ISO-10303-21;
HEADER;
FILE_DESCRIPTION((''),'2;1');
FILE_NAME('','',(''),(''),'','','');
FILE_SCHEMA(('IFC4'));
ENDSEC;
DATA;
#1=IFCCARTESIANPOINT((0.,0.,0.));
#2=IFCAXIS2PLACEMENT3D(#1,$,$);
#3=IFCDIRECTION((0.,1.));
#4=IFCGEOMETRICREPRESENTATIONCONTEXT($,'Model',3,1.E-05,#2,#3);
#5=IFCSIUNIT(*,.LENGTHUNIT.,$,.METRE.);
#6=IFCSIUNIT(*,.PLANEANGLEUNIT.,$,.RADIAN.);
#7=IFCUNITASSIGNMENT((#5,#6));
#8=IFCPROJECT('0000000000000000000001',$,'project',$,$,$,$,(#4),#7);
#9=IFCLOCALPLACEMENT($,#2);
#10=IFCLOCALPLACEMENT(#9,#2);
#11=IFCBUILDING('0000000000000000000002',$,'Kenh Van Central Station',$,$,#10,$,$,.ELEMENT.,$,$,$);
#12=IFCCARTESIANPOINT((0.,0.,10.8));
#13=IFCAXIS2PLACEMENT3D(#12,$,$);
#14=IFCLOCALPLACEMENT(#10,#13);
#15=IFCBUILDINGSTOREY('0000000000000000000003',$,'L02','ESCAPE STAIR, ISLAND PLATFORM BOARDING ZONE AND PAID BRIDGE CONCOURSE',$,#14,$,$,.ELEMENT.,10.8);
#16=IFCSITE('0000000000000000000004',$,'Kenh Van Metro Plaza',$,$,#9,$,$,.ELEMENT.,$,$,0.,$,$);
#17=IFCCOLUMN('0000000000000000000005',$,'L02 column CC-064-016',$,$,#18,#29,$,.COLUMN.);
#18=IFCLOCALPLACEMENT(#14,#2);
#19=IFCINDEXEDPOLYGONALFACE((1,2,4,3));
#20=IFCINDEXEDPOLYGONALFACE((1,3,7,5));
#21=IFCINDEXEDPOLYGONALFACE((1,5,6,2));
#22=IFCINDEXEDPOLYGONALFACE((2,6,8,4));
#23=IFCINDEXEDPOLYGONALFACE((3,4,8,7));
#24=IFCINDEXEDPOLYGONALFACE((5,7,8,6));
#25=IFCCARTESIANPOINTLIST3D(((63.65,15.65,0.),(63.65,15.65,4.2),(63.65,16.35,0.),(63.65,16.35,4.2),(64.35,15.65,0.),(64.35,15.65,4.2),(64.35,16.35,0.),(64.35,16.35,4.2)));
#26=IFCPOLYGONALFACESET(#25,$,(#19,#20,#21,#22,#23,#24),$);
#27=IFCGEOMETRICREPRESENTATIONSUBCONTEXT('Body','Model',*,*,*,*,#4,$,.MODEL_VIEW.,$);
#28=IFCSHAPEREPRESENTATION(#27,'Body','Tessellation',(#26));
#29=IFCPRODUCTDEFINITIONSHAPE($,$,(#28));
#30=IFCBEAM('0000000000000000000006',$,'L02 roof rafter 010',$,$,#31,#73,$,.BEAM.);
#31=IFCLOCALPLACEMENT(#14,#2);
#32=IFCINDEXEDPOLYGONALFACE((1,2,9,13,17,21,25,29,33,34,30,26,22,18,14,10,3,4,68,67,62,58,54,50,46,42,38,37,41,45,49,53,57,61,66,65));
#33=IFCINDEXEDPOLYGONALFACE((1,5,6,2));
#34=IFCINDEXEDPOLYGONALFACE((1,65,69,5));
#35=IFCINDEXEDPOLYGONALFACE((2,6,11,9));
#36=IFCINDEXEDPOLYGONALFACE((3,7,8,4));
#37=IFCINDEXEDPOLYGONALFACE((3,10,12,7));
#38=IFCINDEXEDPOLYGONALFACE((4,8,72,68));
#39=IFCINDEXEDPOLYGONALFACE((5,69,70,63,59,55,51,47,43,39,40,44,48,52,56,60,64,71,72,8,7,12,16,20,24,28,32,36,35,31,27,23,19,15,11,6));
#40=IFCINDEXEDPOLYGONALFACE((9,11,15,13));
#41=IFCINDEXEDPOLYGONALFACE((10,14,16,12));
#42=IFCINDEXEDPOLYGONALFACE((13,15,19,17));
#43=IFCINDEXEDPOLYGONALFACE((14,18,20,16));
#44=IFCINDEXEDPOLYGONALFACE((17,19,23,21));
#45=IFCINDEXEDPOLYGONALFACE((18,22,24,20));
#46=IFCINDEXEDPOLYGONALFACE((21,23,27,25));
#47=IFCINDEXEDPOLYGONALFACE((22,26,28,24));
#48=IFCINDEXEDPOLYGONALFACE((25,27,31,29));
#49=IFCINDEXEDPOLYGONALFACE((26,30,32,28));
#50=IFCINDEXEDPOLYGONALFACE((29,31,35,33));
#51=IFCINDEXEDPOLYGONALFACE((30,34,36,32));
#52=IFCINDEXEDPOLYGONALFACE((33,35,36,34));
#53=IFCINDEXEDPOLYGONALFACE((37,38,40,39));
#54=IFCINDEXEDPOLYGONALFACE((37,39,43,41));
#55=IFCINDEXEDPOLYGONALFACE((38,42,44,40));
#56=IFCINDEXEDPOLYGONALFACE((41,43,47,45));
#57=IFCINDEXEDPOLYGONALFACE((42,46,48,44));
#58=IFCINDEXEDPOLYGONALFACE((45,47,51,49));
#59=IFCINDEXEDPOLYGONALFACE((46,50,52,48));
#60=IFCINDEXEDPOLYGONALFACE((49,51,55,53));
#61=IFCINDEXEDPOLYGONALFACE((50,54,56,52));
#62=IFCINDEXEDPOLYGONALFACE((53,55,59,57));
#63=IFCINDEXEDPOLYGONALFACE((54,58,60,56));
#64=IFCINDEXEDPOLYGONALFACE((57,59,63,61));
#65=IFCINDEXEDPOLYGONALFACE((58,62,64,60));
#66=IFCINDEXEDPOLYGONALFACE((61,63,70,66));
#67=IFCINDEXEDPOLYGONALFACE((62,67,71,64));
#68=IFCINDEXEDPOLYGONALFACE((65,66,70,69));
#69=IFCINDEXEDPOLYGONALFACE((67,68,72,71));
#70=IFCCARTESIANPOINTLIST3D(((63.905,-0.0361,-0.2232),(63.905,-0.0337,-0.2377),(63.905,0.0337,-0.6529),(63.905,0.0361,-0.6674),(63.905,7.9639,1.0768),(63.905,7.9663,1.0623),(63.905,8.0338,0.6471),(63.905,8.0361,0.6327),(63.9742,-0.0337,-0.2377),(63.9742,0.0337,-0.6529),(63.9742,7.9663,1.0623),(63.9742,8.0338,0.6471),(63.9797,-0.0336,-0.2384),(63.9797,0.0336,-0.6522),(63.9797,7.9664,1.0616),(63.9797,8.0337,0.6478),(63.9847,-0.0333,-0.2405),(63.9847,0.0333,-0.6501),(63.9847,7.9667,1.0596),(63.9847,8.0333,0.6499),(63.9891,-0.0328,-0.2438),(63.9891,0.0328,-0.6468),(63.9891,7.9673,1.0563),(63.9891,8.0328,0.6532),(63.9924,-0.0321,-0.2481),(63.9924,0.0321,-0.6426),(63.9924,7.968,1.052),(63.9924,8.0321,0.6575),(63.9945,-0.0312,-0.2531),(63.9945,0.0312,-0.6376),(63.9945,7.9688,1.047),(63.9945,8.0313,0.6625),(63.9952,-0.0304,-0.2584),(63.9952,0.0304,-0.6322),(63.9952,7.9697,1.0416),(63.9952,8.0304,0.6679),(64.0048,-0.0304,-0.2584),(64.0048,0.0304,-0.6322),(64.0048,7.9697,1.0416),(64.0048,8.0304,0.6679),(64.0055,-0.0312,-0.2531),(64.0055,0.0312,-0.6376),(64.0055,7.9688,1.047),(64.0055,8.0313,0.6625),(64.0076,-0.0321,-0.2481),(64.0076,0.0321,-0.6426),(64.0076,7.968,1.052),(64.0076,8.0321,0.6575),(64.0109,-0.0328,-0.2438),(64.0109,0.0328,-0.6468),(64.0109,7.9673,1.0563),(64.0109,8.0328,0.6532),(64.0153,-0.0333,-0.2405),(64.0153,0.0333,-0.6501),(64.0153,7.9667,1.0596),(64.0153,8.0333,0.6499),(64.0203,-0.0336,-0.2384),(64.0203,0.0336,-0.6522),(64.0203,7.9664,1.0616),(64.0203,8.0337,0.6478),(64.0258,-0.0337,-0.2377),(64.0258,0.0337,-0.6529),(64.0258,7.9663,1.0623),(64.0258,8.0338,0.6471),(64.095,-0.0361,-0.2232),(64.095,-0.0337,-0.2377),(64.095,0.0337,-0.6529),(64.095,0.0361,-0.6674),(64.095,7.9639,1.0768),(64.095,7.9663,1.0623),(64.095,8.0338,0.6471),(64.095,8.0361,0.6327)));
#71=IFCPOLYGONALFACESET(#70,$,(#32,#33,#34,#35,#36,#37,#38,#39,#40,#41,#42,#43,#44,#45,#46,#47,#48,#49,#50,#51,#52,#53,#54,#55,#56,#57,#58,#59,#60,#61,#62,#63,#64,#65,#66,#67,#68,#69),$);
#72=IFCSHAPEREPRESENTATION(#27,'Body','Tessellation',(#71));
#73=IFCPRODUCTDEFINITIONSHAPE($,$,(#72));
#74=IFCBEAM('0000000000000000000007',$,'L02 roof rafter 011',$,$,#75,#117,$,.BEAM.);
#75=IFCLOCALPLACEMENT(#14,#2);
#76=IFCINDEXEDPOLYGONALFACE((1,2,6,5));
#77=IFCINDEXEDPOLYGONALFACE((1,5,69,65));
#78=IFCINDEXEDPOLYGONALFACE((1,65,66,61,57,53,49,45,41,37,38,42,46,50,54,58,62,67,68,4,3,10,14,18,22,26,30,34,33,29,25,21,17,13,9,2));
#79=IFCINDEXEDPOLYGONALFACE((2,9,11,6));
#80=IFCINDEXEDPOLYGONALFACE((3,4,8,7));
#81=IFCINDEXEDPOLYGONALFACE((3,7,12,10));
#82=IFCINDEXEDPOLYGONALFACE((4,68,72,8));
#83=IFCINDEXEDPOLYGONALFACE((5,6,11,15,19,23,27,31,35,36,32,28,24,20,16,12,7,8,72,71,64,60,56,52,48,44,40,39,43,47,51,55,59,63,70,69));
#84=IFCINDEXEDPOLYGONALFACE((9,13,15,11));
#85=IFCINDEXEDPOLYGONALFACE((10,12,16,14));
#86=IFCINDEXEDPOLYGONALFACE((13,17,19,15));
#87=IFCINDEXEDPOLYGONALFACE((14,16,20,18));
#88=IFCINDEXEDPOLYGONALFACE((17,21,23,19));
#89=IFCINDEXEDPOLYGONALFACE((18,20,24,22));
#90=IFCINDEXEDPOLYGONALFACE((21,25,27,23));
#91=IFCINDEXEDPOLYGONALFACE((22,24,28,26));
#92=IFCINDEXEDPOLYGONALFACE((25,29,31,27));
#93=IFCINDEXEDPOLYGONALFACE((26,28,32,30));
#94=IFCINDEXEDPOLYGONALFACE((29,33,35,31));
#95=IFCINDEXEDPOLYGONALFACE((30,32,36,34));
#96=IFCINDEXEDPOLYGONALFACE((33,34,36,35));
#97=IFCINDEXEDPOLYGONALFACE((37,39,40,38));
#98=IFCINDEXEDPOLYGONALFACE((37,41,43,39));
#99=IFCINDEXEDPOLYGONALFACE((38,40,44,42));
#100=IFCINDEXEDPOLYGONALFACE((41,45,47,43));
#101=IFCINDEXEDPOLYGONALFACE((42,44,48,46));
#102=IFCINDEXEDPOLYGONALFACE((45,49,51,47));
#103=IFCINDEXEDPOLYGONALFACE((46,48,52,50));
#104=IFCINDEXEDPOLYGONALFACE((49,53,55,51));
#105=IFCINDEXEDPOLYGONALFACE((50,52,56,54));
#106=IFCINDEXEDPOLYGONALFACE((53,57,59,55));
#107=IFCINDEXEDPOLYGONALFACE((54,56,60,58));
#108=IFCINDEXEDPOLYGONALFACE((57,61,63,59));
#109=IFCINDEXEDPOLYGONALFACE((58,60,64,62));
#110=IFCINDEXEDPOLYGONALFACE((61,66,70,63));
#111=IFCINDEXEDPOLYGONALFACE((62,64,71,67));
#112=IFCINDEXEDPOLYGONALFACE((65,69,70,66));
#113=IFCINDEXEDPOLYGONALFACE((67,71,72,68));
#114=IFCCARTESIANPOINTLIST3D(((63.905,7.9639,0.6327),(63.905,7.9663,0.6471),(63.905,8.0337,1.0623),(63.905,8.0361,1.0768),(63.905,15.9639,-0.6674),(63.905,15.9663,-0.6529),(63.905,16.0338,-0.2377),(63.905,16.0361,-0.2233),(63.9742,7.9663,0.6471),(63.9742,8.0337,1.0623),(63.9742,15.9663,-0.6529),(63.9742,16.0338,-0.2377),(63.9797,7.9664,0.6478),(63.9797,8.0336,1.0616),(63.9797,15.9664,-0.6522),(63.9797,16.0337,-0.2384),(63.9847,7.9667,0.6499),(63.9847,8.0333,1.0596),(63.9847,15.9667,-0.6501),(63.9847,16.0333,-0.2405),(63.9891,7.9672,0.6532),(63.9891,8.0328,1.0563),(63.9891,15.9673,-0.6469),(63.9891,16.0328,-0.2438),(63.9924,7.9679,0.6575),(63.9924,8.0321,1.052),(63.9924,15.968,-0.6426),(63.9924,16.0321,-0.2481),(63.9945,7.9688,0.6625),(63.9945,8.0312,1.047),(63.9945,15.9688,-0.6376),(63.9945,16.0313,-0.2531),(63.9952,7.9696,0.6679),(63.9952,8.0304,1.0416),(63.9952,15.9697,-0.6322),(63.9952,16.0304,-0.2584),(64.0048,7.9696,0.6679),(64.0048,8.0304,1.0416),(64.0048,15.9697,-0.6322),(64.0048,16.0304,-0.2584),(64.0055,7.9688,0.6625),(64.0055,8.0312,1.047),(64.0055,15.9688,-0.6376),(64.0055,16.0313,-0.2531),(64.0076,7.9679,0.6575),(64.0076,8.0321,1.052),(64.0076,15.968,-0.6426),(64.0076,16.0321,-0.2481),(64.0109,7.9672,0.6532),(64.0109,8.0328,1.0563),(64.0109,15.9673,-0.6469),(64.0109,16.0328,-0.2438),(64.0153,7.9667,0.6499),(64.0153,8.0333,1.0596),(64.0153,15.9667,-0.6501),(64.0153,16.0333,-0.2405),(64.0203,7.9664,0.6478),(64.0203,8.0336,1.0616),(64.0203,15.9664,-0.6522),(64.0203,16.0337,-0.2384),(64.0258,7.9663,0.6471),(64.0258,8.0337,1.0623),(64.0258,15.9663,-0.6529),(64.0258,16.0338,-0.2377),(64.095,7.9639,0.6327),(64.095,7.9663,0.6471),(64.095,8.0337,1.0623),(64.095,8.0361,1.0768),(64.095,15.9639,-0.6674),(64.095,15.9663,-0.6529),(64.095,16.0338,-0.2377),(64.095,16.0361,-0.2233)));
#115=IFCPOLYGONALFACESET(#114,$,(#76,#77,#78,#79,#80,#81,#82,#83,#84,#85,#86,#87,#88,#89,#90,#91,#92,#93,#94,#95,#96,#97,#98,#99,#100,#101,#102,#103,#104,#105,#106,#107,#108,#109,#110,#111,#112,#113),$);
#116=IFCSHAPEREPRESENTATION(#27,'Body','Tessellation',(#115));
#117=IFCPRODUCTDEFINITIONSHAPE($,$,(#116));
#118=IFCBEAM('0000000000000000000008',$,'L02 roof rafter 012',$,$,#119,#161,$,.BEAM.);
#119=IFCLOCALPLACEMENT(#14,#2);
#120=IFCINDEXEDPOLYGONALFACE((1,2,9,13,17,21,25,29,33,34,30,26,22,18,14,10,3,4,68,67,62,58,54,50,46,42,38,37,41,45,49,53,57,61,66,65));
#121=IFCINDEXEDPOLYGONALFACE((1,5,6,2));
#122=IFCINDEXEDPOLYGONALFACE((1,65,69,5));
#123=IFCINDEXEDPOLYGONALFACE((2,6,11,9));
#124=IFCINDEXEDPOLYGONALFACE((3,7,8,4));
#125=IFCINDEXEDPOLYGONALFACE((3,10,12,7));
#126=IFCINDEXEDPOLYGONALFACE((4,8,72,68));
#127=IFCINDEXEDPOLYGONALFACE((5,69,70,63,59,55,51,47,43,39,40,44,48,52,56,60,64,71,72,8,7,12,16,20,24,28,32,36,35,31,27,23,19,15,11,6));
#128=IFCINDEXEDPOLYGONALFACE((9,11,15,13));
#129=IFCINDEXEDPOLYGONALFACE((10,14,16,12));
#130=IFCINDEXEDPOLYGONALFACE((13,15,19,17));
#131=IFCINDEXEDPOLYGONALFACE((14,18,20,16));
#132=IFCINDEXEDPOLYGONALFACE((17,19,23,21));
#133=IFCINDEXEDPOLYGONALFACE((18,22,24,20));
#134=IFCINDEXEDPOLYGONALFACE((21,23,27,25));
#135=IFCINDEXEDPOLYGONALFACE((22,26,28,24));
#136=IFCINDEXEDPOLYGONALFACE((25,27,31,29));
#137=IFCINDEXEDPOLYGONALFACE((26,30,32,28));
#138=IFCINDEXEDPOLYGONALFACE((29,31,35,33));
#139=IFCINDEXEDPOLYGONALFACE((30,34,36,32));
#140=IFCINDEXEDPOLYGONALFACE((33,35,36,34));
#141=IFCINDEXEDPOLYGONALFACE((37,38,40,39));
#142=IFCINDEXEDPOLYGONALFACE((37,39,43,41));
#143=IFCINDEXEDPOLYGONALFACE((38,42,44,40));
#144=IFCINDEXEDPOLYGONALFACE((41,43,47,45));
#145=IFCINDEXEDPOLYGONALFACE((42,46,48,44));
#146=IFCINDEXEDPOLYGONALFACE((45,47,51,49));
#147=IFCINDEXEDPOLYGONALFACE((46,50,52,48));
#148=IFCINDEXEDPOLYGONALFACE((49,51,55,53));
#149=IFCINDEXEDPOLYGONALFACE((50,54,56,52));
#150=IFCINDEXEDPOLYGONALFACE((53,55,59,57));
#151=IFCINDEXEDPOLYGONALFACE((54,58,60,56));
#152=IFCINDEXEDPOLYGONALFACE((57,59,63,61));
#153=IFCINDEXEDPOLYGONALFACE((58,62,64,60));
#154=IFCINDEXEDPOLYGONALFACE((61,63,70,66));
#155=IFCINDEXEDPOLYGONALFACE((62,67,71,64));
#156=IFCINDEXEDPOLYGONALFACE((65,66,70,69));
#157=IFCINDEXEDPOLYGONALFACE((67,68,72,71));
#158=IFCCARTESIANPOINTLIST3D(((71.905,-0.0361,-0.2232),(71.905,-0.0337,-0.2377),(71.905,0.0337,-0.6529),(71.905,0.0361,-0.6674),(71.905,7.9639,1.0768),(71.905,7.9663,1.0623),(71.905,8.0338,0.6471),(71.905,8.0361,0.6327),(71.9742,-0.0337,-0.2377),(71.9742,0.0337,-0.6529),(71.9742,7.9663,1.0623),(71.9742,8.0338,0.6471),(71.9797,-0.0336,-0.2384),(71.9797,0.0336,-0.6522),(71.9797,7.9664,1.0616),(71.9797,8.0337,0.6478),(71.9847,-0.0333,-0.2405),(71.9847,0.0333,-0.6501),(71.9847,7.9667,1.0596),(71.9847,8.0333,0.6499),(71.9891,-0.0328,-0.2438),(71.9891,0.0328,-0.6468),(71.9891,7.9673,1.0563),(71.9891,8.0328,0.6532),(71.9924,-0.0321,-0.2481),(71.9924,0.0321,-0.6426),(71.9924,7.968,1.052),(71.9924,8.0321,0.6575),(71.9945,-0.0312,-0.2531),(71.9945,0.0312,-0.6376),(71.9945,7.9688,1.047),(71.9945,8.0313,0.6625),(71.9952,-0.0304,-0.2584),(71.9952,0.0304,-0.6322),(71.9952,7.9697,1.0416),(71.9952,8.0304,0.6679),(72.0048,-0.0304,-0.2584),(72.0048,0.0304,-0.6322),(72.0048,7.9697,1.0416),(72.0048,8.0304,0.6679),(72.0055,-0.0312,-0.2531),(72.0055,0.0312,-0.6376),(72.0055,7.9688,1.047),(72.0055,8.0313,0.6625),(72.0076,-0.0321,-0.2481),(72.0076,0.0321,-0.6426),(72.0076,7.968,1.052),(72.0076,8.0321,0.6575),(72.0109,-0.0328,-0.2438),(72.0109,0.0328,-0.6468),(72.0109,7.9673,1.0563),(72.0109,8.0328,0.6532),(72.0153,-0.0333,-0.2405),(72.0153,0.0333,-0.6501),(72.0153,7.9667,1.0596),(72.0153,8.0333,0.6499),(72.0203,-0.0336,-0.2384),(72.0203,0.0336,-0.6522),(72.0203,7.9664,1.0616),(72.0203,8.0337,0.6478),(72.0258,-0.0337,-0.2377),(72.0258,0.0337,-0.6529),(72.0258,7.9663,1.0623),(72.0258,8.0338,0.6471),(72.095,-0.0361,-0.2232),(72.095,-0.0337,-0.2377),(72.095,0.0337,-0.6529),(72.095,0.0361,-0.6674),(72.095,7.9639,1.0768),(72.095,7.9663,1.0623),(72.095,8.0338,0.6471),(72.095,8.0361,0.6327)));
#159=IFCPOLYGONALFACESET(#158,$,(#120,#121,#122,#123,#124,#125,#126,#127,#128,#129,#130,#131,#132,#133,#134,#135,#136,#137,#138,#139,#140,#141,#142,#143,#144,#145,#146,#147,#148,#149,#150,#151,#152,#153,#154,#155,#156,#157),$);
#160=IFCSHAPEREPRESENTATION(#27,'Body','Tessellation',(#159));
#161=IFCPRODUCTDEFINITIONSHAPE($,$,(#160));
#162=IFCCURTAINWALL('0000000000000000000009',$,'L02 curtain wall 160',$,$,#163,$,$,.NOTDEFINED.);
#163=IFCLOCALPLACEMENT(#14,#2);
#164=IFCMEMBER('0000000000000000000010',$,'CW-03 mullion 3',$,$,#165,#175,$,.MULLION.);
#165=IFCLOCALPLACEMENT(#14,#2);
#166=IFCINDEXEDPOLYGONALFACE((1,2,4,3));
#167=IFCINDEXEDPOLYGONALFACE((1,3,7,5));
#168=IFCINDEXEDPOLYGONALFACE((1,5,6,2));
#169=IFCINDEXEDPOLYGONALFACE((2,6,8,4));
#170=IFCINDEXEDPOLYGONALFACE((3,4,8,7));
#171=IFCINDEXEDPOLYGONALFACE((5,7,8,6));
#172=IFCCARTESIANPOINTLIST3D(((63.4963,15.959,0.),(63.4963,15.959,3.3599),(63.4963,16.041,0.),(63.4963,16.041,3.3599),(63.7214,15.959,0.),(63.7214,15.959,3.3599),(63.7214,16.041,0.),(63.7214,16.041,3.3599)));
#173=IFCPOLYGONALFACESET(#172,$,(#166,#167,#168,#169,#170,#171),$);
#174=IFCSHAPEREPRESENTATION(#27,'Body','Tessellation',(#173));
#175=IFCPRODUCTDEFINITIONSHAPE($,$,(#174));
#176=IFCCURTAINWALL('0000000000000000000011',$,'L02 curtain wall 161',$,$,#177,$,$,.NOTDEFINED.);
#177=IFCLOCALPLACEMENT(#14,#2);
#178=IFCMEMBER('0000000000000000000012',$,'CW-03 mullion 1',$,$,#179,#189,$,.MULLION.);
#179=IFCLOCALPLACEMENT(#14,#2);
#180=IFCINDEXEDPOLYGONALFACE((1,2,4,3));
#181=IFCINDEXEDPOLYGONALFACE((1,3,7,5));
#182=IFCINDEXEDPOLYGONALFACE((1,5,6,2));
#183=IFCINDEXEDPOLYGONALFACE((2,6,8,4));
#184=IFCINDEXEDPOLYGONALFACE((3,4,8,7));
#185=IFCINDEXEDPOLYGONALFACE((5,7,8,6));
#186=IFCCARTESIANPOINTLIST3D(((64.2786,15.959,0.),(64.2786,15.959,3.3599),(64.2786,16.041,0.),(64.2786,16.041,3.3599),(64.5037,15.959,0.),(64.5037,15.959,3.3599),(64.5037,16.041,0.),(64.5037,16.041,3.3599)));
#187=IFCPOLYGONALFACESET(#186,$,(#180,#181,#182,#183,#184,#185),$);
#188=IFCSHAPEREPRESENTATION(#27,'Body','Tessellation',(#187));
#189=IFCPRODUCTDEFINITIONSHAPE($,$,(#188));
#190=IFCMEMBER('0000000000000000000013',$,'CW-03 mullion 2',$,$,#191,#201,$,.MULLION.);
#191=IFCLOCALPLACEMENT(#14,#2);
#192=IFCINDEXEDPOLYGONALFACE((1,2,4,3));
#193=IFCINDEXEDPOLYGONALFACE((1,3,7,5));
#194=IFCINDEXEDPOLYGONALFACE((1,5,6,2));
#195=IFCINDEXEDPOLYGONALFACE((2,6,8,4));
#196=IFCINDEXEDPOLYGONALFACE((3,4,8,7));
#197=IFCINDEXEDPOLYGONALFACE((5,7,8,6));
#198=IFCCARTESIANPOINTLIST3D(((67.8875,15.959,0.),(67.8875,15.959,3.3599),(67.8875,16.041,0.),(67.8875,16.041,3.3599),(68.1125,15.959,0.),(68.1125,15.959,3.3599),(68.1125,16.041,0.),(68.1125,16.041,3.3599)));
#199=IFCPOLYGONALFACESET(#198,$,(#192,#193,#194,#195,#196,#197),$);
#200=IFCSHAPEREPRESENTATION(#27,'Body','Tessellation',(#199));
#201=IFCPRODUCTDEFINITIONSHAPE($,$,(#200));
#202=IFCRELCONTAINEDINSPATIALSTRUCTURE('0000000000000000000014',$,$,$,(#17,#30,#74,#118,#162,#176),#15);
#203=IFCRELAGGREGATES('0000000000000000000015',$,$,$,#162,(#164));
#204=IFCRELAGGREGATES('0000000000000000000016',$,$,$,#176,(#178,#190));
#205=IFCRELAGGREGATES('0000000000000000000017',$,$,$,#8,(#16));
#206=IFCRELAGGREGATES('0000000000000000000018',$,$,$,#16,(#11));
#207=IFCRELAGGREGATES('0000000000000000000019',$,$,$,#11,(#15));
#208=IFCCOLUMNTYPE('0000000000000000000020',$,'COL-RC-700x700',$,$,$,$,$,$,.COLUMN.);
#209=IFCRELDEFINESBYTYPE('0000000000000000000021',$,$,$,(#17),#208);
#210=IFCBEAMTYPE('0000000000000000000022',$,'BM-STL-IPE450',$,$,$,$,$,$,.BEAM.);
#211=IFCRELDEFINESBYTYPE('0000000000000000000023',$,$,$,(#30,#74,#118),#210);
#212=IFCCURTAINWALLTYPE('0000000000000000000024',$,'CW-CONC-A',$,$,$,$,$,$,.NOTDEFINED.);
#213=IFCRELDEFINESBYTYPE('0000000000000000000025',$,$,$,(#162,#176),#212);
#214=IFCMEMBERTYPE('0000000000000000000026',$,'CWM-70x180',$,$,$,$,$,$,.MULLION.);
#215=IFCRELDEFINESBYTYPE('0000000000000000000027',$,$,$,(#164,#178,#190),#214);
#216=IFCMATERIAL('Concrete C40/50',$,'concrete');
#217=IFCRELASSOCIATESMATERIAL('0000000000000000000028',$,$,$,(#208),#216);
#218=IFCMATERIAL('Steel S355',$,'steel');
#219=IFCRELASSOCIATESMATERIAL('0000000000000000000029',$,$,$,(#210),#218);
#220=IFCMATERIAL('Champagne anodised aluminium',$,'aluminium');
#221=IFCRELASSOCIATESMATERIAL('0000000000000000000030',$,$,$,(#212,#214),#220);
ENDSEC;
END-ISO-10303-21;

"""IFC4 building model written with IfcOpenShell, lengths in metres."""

from ifc_helpers import new_model, si_unit, direction, frame, origin, origin_2d, place, context, subcontext, project, spatial, rectangle, i_section, extrude, material, material_profile, profile_set, type_object, element, aggregate, save


model = new_model("IFC4")

# Units and contexts
model_context = context("Model", 3, precision=1e-05, world=origin(), true_north=direction((0.0, 1.0)))
body_context = subcontext(model_context, "Body", "Model", "MODEL_VIEW")
ifc_project = project(units=[si_unit("LENGTHUNIT", "METRE"), si_unit("PLANEANGLEUNIT", "RADIAN")], contexts=[model_context])

# Site, building, storey
site_placement = place(None, origin())
site = spatial("IfcSite", under=ifc_project, at=site_placement, Name="Kenh Van Metro Plaza", CompositionType="ELEMENT", RefElevation=0.0)
building_placement = place(site_placement, origin())
building = spatial("IfcBuilding", under=site, at=building_placement, Name="Kenh Van Central Station", CompositionType="ELEMENT")
storey_placement = place(building_placement, frame((0.0, 0.0, 10.8)))
storey = spatial("IfcBuildingStorey", under=building, at=storey_placement, Name="L02", Description="ESCAPE STAIR, ISLAND PLATFORM BOARDING ZONE AND PAID BRIDGE CONCOURSE", CompositionType="ELEMENT", Elevation=10.8)

# Column
ifc_material_1 = material(Name="Concrete C40/50", Category="concrete")
ifc_material_profile_1 = material_profile(ifc_material_1, rectangle(XDim=0.7, YDim=0.7, at=origin_2d()), Name="RC 700x700")
ifc_profile_set_1 = profile_set([ifc_material_profile_1], Name="Concrete C40/50")
column_type = type_object("IfcColumnType", Name="COL-RC-700x700", PredefinedType="COLUMN", material=ifc_profile_set_1)
column_placement = place(storey_placement, frame((64.0, 16.0, 0.0), z_axis=(0.0, 0.0, 1.0), x_axis=(1.0, 0.0, 0.0)))
element("IfcColumn", 1, at=column_placement, inside=storey, type_object=column_type, Name="L02 column CC-064-016", PredefinedType="COLUMN", context=body_context, shape_type="SweptSolid", body=[
    extrude(rectangle(XDim=0.7, YDim=0.7, at=origin_2d()), origin(), (0.0, 0.0, 1.0), 4.2),
])

# Beams
ifc_material_2 = material(Name="Steel S355", Category="steel")
ifc_material_profile_2 = material_profile(ifc_material_2, i_section(OverallWidth=0.1899, OverallDepth=0.45, WebThickness=0.0095, FlangeThickness=0.0146, FilletRadius=0.021, at=origin_2d()), Name="IPE 450")
ifc_profile_set_2 = profile_set([ifc_material_profile_2], Name="Steel S355")
beam_type_1 = type_object("IfcBeamType", Name="BM-STL-IPE450", PredefinedType="BEAM", material=ifc_profile_set_2)
for number, where, z_axis, x_axis, name in (
    (2, (64.0, 0.0, -0.4453), (0.0, 0.987052, 0.160402), (-1.0, 0.0, 0.0), "L02 roof rafter 010"),
    (3, (64.0, 8.0, 0.8547), (0.0, 0.987052, -0.160402), (-1.0, 0.0, 0.0), "L02 roof rafter 011"),
    (4, (72.0, 0.0, -0.4453), (0.0, 0.987052, 0.160402), (-1.0, 0.0, 0.0), "L02 roof rafter 012"),
):
    element("IfcBeam", number, at=place(storey_placement, frame(where, z_axis=z_axis, x_axis=x_axis)), inside=storey, type_object=beam_type_1, Name=name, PredefinedType="BEAM", context=body_context, shape_type="SweptSolid", body=[
        extrude(i_section(OverallWidth=0.1899, OverallDepth=0.45, WebThickness=0.0095, FlangeThickness=0.0146, FilletRadius=0.021, at=origin_2d()), origin(), (0.0, 0.0, 1.0), 8.105),
    ])

# Curtain wall, member
ifc_material_3 = material(Name="Champagne anodised aluminium", Category="aluminium")
curtain_wall_type = type_object("IfcCurtainWallType", Name="CW-CONC-A", PredefinedType="NOTDEFINED", material=ifc_material_3)
curtain_wall_1_placement = place(storey_placement, origin())
curtain_wall_1 = element("IfcCurtainWall", 5, at=curtain_wall_1_placement, inside=storey, type_object=curtain_wall_type, Name="L02 curtain wall 160", PredefinedType="NOTDEFINED")
ifc_material_profile_3 = material_profile(ifc_material_3, rectangle(XDim=0.082, YDim=0.2251, at=origin_2d()), Name="AL 82x225")
ifc_profile_set_3 = profile_set([ifc_material_profile_3], Name="Champagne anodised aluminium")
member_type_1 = type_object("IfcMemberType", Name="CWM-70x180", PredefinedType="MULLION", material=ifc_profile_set_3)
member_1_placement = place(storey_placement, frame((63.6089, 16.0, 0.0), z_axis=(0.0, 0.0, 1.0), x_axis=(0.0, 1.0, 0.0)))
member_1 = element("IfcMember", 6, at=member_1_placement, type_object=member_type_1, Name="CW-03 mullion 3", PredefinedType="MULLION", context=body_context, shape_type="SweptSolid", body=[
    extrude(rectangle(XDim=0.082, YDim=0.2251, at=origin_2d()), origin(), (0.0, 0.0, 1.0), 3.3599),
])
aggregate(curtain_wall_1, [member_1])

# Curtain wall, members
curtain_wall_2_placement = place(storey_placement, origin())
curtain_wall_2 = element("IfcCurtainWall", 7, at=curtain_wall_2_placement, inside=storey, type_object=curtain_wall_type, Name="L02 curtain wall 161", PredefinedType="NOTDEFINED")
member_2_placement = place(storey_placement, frame((64.3911, 16.0, 0.0), z_axis=(0.0, 0.0, 1.0), x_axis=(0.0, 1.0, 0.0)))
member_2 = element("IfcMember", 8, at=member_2_placement, type_object=member_type_1, Name="CW-03 mullion 1", PredefinedType="MULLION", context=body_context, shape_type="SweptSolid", body=[
    extrude(rectangle(XDim=0.082, YDim=0.2251, at=origin_2d()), origin(), (0.0, 0.0, 1.0), 3.3599),
])
member_3_placement = place(storey_placement, frame((68.0, 16.0, 0.0), z_axis=(0.0, 0.0, 1.0), x_axis=(0.0, 1.0, 0.0)))
member_3 = element("IfcMember", 9, at=member_3_placement, type_object=member_type_1, Name="CW-03 mullion 2", PredefinedType="MULLION", context=body_context, shape_type="SweptSolid", body=[
    extrude(rectangle(XDim=0.082, YDim=0.2251, at=origin_2d()), origin(), (0.0, 0.0, 1.0), 3.3599),
])

aggregate(curtain_wall_2, [member_2, member_3])

save(model, "model.ifc")
